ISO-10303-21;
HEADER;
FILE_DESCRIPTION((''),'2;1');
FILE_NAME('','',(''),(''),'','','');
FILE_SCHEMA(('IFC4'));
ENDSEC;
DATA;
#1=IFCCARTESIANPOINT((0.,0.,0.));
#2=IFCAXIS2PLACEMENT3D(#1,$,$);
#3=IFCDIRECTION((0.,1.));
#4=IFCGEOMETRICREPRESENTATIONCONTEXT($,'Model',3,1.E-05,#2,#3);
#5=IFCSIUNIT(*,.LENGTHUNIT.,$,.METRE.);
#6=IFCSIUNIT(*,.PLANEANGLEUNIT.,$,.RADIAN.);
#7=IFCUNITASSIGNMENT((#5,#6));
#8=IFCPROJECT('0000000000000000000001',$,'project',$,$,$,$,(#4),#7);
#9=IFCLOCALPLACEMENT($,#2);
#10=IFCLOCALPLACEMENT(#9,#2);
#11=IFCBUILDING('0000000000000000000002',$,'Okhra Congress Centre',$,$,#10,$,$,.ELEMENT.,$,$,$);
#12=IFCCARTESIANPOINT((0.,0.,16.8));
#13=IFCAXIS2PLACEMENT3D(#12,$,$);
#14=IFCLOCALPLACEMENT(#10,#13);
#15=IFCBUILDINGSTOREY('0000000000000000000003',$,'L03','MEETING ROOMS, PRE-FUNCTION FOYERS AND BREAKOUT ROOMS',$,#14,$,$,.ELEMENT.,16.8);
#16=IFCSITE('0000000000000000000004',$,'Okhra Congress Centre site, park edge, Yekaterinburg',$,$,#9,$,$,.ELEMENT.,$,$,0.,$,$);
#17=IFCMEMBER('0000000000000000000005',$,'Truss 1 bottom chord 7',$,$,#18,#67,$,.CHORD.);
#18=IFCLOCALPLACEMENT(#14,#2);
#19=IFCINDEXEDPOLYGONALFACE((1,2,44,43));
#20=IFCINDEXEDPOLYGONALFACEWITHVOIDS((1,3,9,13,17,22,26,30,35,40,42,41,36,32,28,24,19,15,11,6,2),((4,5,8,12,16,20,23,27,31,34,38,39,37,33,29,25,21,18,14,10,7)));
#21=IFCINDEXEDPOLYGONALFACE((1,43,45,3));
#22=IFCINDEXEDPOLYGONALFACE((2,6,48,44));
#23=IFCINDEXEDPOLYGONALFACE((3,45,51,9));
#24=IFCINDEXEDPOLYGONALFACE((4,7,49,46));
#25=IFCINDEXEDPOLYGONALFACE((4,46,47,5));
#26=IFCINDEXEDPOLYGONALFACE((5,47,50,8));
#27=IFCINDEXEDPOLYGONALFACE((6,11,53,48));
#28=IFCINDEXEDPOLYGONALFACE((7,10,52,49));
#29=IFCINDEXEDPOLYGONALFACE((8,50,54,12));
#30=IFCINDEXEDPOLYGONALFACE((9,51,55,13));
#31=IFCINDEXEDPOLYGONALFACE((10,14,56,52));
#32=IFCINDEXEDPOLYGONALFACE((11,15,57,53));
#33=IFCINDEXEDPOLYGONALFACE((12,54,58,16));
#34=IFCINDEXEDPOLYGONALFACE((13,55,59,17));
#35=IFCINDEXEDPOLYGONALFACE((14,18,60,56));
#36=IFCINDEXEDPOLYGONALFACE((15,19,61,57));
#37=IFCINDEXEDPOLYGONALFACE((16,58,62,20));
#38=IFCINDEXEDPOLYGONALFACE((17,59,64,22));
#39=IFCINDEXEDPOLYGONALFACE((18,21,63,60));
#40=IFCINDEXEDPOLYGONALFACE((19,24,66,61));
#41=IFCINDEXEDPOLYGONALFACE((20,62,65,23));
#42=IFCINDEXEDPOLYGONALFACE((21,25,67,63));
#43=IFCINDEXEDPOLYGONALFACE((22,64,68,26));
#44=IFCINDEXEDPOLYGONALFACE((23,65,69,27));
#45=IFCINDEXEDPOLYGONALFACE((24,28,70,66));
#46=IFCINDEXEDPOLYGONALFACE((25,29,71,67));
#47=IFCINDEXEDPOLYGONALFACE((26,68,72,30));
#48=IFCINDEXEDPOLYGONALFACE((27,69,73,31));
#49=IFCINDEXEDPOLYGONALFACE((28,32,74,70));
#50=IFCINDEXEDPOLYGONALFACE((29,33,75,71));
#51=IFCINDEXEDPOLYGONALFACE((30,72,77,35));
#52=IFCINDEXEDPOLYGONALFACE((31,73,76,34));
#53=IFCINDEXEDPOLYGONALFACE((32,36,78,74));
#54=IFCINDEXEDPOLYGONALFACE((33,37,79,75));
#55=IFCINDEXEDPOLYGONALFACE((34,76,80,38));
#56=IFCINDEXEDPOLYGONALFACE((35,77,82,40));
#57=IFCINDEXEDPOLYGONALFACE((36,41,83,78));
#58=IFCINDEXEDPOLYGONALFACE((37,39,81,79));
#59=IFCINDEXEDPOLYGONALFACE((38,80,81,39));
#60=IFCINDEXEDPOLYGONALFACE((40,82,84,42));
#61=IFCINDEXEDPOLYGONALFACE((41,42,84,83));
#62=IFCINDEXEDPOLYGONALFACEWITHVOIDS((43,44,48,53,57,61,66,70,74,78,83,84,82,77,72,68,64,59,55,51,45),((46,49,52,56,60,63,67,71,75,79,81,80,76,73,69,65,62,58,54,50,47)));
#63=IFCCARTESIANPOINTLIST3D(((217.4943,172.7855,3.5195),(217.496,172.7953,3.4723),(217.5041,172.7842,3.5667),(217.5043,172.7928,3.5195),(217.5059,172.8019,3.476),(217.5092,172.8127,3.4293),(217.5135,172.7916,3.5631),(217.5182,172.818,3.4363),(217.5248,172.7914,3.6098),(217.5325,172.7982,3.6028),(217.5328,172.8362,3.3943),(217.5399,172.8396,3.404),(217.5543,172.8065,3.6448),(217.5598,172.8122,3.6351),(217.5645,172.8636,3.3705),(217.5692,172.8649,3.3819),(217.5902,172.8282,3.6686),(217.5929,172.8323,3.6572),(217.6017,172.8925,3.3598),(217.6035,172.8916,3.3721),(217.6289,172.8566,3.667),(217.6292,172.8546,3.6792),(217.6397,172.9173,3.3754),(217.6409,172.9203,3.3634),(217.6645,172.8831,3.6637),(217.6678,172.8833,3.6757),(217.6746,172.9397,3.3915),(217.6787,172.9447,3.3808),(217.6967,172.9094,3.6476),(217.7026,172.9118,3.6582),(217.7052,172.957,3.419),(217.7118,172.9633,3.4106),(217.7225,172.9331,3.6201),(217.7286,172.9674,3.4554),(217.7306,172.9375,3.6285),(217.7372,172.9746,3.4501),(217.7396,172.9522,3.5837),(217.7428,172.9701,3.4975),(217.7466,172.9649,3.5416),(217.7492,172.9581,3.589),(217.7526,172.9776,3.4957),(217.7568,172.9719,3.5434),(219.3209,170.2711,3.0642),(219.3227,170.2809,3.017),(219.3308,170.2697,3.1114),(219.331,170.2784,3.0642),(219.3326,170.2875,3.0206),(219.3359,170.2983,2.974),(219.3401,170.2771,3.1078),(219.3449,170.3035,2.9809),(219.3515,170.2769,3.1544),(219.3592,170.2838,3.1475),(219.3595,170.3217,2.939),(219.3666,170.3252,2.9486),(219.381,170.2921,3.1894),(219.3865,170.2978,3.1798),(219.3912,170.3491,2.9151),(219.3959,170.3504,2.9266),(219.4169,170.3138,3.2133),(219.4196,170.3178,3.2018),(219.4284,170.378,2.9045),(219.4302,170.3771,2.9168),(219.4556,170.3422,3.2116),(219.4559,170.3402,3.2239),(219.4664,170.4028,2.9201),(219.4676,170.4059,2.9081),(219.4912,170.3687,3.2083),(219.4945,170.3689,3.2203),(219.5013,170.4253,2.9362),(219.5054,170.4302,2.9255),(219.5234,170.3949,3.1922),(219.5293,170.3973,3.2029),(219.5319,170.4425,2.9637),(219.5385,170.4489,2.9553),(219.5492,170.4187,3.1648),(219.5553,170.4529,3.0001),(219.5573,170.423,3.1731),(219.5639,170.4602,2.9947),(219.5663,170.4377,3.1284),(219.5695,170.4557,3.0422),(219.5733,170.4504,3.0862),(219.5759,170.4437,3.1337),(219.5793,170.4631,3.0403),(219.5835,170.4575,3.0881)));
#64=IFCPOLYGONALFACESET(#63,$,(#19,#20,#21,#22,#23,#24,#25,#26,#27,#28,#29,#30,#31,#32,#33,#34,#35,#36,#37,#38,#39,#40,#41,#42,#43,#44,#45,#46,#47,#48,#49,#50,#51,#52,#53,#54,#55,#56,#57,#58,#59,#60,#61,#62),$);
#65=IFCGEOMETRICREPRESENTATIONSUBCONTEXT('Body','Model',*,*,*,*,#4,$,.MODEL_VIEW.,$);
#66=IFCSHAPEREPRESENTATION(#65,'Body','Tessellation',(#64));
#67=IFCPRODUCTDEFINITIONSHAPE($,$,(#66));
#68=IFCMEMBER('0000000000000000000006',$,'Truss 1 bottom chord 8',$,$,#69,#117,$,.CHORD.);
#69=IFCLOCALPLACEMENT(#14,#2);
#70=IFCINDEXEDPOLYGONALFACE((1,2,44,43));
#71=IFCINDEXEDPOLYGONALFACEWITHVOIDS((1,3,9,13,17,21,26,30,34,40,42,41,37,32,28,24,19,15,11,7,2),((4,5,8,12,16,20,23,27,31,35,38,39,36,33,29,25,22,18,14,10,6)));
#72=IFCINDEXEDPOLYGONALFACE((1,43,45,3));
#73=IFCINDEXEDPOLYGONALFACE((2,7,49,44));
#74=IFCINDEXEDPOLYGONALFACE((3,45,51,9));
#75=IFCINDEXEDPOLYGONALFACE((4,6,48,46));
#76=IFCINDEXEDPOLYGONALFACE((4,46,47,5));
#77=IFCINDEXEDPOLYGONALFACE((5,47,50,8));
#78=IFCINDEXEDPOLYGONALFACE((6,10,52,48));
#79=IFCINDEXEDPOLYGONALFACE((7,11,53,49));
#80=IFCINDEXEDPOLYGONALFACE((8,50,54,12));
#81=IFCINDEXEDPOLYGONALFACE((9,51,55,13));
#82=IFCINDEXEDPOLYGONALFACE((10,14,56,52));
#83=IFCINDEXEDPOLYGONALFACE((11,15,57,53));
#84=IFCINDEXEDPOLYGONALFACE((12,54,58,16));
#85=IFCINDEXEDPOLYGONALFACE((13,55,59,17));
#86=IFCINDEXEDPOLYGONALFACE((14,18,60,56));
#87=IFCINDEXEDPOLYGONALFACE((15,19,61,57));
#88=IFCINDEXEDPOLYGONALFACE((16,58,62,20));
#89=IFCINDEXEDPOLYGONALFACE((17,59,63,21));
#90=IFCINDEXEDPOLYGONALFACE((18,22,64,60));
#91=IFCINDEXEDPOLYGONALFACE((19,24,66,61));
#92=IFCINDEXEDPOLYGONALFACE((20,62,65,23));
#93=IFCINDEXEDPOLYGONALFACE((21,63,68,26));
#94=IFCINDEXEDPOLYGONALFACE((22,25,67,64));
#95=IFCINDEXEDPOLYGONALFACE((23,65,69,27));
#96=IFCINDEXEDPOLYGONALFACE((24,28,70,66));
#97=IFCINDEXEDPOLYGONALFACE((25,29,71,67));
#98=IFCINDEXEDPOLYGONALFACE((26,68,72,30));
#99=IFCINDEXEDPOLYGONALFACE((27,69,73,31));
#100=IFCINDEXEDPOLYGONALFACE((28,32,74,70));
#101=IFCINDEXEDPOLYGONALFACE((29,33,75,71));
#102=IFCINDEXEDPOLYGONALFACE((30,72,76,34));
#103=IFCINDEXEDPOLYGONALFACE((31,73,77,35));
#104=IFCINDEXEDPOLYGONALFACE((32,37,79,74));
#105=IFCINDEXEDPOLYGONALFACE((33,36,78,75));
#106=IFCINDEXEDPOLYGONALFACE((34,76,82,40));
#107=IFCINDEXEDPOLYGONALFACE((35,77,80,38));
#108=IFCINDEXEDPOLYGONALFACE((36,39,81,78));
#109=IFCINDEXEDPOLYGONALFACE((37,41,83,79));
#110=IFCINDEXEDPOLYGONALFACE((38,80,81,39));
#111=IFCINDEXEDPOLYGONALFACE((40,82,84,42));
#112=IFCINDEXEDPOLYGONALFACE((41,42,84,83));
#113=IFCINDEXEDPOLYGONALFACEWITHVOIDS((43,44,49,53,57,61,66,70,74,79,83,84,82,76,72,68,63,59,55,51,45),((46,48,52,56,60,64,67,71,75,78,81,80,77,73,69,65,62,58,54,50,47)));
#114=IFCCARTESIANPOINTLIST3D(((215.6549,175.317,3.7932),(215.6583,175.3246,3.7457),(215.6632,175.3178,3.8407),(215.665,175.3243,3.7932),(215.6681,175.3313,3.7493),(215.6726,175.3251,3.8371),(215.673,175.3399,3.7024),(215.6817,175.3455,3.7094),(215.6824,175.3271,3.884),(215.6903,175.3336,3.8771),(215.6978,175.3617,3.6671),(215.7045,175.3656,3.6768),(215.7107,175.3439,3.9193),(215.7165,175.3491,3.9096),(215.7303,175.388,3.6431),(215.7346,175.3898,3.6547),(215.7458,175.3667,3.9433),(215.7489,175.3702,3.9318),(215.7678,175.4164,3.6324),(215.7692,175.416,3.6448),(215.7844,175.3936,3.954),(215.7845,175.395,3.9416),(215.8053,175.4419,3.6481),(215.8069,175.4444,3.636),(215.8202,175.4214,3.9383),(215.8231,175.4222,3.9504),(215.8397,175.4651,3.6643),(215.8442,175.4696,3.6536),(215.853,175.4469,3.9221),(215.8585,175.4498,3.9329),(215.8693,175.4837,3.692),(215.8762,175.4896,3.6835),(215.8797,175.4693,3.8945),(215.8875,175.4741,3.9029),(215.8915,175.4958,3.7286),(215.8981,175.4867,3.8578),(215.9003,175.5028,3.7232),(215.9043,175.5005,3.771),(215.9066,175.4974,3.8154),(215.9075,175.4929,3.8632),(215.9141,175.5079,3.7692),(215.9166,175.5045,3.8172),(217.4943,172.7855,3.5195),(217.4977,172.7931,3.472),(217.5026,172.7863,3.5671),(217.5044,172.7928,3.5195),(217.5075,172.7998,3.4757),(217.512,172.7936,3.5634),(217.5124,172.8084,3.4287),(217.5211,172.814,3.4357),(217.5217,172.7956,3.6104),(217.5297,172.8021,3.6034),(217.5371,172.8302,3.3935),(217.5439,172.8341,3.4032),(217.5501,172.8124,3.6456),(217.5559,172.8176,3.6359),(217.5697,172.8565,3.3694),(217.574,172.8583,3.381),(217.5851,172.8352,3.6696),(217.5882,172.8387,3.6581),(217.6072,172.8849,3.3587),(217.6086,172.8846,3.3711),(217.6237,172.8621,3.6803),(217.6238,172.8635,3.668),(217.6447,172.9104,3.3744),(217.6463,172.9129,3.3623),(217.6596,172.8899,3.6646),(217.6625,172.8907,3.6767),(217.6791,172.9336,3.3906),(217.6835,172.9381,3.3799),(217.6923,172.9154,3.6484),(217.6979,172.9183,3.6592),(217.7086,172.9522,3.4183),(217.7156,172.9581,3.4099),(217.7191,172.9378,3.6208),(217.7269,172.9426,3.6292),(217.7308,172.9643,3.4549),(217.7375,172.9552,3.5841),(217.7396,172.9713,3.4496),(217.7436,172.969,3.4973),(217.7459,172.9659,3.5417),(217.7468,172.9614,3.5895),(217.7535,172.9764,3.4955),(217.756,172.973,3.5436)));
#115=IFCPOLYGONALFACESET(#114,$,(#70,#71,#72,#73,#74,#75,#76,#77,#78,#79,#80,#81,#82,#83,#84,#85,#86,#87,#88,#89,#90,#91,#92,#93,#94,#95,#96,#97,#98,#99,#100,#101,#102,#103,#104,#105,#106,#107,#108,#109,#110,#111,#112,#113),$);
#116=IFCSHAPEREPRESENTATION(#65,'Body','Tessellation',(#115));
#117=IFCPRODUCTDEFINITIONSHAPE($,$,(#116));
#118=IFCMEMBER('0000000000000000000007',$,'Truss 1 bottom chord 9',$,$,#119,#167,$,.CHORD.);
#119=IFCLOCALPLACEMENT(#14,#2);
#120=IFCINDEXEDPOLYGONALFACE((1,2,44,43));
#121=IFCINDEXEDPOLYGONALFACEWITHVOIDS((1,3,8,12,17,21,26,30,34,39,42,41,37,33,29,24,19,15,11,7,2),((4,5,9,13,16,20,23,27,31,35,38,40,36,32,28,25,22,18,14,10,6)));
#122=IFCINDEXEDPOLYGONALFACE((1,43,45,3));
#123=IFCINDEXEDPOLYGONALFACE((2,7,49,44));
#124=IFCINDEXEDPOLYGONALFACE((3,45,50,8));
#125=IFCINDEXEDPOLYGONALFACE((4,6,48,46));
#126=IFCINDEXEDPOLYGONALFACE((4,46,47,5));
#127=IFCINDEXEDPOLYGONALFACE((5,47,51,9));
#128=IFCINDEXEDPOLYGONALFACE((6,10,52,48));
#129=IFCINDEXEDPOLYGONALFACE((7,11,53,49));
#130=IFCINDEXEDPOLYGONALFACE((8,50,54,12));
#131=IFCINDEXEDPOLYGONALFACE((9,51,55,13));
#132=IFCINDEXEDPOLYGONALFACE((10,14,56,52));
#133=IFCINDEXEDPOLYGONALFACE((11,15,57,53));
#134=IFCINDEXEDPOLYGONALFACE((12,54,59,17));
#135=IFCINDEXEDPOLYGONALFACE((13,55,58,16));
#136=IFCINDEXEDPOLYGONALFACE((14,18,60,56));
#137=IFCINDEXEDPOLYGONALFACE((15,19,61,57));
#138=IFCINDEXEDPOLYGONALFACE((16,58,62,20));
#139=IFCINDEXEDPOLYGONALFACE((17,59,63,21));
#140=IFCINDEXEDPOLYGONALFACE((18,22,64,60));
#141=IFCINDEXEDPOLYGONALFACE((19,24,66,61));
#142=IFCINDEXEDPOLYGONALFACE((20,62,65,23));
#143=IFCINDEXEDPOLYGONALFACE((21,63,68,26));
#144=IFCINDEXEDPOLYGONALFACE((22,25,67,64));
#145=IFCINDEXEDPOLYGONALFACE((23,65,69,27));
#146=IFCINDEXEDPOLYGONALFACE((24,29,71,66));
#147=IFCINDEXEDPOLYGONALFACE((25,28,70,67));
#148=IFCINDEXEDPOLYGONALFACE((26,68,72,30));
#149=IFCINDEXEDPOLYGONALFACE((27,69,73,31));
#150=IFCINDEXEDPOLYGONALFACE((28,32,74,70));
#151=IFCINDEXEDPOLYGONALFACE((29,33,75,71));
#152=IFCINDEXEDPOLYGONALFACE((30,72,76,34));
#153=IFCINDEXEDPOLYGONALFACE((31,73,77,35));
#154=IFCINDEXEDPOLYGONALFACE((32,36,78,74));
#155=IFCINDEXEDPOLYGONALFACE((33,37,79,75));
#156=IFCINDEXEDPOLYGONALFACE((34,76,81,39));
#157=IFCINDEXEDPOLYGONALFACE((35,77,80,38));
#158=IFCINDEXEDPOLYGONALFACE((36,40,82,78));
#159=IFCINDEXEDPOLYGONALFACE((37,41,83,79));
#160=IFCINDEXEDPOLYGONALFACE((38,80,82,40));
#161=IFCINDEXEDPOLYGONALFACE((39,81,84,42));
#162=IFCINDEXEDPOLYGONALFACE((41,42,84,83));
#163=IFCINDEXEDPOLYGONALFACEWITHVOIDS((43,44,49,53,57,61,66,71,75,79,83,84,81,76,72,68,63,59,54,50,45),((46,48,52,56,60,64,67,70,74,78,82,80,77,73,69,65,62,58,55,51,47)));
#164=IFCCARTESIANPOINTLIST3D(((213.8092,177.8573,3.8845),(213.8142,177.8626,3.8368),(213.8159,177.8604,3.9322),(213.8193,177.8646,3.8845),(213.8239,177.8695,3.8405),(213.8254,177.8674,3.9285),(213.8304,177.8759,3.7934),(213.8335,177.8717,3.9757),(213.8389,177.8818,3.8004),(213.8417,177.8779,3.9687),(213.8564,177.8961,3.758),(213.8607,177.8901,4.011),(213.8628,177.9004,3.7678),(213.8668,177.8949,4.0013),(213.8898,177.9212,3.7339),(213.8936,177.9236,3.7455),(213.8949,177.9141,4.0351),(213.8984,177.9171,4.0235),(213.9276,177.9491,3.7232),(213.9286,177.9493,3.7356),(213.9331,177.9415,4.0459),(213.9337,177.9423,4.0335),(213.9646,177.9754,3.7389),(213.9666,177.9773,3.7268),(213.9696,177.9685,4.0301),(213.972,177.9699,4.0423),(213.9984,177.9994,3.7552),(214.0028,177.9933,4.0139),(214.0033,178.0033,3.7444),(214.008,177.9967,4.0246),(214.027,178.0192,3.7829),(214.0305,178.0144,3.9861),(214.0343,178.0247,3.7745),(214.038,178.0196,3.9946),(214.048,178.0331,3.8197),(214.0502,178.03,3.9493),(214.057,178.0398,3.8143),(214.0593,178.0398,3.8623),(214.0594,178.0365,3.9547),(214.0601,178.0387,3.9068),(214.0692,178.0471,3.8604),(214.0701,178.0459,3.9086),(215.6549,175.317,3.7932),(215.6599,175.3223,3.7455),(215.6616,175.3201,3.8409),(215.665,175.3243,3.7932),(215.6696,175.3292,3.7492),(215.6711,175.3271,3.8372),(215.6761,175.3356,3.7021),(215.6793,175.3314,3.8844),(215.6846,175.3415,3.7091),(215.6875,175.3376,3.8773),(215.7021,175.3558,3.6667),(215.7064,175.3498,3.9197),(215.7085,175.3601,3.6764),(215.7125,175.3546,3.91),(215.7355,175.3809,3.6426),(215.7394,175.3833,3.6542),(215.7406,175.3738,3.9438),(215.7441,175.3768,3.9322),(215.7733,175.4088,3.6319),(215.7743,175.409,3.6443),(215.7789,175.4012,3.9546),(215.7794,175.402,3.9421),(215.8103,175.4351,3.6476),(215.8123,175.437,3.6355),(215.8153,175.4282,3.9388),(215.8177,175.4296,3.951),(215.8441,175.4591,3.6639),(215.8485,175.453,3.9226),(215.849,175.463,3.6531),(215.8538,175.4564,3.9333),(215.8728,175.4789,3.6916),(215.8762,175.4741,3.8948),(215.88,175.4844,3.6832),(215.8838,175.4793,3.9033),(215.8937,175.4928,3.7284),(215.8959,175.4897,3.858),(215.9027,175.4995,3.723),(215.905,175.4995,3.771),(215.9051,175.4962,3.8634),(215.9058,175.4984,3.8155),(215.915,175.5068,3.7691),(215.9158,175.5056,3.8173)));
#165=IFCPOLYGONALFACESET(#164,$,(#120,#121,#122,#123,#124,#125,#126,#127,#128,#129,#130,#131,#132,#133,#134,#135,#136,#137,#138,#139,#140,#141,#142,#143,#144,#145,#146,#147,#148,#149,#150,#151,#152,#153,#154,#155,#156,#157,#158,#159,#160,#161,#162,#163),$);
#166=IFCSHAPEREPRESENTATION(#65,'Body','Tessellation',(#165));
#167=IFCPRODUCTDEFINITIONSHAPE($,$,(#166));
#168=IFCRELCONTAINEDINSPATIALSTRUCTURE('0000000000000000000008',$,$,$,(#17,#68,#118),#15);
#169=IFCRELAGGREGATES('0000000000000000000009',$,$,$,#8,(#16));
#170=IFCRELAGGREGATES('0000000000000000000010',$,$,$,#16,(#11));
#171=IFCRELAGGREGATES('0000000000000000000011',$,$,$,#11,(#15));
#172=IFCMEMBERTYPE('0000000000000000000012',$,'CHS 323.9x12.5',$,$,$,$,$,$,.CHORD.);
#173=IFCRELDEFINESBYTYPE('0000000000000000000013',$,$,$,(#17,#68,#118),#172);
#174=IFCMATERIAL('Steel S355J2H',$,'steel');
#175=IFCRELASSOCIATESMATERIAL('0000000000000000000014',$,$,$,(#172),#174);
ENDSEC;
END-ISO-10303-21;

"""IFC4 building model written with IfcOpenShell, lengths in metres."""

from ifc_helpers import new_model, si_unit, direction, frame, origin, origin_2d, place, context, subcontext, project, spatial, hollow_circle, extrude, material, material_profile, profile_set, type_object, element, save


model = new_model("IFC4")

# Units and contexts
model_context = context("Model", 3, precision=1e-05, world=origin(), true_north=direction((0.0, 1.0)))
body_context = subcontext(model_context, "Body", "Model", "MODEL_VIEW")
ifc_project = project(units=[si_unit("LENGTHUNIT", "METRE"), si_unit("PLANEANGLEUNIT", "RADIAN")], contexts=[model_context])

# Site, building, storey
site_placement = place(None, origin())
site = spatial("IfcSite", under=ifc_project, at=site_placement, Name="Okhra Congress Centre site, park edge, Yekaterinburg", CompositionType="ELEMENT", RefElevation=0.0)
building_placement = place(site_placement, origin())
building = spatial("IfcBuilding", under=site, at=building_placement, Name="Okhra Congress Centre", CompositionType="ELEMENT")
storey_placement = place(building_placement, frame((0.0, 0.0, 16.8)))
storey = spatial("IfcBuildingStorey", under=building, at=storey_placement, Name="L03", Description="MEETING ROOMS, PRE-FUNCTION FOYERS AND BREAKOUT ROOMS", CompositionType="ELEMENT", Elevation=16.8)

# Members
ifc_material_1 = material(Name="Steel S355J2H", Category="steel")
ifc_material_profile_1 = material_profile(ifc_material_1, hollow_circle(Radius=0.1619, WallThickness=0.0125, at=origin_2d()), Name="CHS 323.9x12.5")
ifc_profile_set_1 = profile_set([ifc_material_profile_1], Name="Steel S355J2H")
member_type_1 = type_object("IfcMemberType", Name="CHS 323.9x12.5", PredefinedType="CHORD", material=ifc_profile_set_1)
for number, where, z_axis, x_axis, name in (
    (1, (219.4519, 170.3662, 3.0642), (-0.581543, 0.800496, 0.144958), (-0.809042, -0.587751, 0.0), "Truss 1 bottom chord 7"),
    (2, (217.6252, 172.8806, 3.5195), (-0.585574, 0.805923, 0.087129), (-0.808999, -0.58781, 0.0), "Truss 1 bottom chord 8"),
):
    element("IfcMember", number, at=place(storey_placement, frame(where, z_axis=z_axis, x_axis=x_axis)), inside=storey, type_object=member_type_1, Name=name, PredefinedType="CHORD", context=body_context, shape_type="SweptSolid", body=[
        extrude(hollow_circle(Radius=0.1619, WallThickness=0.0125, at=origin_2d()), origin(), (0.0, 0.0, 1.0), 3.1411),
    ])
member_1_placement = place(storey_placement, frame((215.7859, 175.4121, 3.7932), z_axis=(-0.587553, 0.808663, 0.029067), x_axis=(-0.809005, -0.587802, 0.0)))
element("IfcMember", 3, at=member_1_placement, inside=storey, type_object=member_type_1, Name="Truss 1 bottom chord 9", PredefinedType="CHORD", context=body_context, shape_type="SweptSolid", body=[
    extrude(hollow_circle(Radius=0.1619, WallThickness=0.0125, at=origin_2d()), origin(), (0.0, 0.0, 1.0), 3.1414),
])

save(model, "model.ifc")
